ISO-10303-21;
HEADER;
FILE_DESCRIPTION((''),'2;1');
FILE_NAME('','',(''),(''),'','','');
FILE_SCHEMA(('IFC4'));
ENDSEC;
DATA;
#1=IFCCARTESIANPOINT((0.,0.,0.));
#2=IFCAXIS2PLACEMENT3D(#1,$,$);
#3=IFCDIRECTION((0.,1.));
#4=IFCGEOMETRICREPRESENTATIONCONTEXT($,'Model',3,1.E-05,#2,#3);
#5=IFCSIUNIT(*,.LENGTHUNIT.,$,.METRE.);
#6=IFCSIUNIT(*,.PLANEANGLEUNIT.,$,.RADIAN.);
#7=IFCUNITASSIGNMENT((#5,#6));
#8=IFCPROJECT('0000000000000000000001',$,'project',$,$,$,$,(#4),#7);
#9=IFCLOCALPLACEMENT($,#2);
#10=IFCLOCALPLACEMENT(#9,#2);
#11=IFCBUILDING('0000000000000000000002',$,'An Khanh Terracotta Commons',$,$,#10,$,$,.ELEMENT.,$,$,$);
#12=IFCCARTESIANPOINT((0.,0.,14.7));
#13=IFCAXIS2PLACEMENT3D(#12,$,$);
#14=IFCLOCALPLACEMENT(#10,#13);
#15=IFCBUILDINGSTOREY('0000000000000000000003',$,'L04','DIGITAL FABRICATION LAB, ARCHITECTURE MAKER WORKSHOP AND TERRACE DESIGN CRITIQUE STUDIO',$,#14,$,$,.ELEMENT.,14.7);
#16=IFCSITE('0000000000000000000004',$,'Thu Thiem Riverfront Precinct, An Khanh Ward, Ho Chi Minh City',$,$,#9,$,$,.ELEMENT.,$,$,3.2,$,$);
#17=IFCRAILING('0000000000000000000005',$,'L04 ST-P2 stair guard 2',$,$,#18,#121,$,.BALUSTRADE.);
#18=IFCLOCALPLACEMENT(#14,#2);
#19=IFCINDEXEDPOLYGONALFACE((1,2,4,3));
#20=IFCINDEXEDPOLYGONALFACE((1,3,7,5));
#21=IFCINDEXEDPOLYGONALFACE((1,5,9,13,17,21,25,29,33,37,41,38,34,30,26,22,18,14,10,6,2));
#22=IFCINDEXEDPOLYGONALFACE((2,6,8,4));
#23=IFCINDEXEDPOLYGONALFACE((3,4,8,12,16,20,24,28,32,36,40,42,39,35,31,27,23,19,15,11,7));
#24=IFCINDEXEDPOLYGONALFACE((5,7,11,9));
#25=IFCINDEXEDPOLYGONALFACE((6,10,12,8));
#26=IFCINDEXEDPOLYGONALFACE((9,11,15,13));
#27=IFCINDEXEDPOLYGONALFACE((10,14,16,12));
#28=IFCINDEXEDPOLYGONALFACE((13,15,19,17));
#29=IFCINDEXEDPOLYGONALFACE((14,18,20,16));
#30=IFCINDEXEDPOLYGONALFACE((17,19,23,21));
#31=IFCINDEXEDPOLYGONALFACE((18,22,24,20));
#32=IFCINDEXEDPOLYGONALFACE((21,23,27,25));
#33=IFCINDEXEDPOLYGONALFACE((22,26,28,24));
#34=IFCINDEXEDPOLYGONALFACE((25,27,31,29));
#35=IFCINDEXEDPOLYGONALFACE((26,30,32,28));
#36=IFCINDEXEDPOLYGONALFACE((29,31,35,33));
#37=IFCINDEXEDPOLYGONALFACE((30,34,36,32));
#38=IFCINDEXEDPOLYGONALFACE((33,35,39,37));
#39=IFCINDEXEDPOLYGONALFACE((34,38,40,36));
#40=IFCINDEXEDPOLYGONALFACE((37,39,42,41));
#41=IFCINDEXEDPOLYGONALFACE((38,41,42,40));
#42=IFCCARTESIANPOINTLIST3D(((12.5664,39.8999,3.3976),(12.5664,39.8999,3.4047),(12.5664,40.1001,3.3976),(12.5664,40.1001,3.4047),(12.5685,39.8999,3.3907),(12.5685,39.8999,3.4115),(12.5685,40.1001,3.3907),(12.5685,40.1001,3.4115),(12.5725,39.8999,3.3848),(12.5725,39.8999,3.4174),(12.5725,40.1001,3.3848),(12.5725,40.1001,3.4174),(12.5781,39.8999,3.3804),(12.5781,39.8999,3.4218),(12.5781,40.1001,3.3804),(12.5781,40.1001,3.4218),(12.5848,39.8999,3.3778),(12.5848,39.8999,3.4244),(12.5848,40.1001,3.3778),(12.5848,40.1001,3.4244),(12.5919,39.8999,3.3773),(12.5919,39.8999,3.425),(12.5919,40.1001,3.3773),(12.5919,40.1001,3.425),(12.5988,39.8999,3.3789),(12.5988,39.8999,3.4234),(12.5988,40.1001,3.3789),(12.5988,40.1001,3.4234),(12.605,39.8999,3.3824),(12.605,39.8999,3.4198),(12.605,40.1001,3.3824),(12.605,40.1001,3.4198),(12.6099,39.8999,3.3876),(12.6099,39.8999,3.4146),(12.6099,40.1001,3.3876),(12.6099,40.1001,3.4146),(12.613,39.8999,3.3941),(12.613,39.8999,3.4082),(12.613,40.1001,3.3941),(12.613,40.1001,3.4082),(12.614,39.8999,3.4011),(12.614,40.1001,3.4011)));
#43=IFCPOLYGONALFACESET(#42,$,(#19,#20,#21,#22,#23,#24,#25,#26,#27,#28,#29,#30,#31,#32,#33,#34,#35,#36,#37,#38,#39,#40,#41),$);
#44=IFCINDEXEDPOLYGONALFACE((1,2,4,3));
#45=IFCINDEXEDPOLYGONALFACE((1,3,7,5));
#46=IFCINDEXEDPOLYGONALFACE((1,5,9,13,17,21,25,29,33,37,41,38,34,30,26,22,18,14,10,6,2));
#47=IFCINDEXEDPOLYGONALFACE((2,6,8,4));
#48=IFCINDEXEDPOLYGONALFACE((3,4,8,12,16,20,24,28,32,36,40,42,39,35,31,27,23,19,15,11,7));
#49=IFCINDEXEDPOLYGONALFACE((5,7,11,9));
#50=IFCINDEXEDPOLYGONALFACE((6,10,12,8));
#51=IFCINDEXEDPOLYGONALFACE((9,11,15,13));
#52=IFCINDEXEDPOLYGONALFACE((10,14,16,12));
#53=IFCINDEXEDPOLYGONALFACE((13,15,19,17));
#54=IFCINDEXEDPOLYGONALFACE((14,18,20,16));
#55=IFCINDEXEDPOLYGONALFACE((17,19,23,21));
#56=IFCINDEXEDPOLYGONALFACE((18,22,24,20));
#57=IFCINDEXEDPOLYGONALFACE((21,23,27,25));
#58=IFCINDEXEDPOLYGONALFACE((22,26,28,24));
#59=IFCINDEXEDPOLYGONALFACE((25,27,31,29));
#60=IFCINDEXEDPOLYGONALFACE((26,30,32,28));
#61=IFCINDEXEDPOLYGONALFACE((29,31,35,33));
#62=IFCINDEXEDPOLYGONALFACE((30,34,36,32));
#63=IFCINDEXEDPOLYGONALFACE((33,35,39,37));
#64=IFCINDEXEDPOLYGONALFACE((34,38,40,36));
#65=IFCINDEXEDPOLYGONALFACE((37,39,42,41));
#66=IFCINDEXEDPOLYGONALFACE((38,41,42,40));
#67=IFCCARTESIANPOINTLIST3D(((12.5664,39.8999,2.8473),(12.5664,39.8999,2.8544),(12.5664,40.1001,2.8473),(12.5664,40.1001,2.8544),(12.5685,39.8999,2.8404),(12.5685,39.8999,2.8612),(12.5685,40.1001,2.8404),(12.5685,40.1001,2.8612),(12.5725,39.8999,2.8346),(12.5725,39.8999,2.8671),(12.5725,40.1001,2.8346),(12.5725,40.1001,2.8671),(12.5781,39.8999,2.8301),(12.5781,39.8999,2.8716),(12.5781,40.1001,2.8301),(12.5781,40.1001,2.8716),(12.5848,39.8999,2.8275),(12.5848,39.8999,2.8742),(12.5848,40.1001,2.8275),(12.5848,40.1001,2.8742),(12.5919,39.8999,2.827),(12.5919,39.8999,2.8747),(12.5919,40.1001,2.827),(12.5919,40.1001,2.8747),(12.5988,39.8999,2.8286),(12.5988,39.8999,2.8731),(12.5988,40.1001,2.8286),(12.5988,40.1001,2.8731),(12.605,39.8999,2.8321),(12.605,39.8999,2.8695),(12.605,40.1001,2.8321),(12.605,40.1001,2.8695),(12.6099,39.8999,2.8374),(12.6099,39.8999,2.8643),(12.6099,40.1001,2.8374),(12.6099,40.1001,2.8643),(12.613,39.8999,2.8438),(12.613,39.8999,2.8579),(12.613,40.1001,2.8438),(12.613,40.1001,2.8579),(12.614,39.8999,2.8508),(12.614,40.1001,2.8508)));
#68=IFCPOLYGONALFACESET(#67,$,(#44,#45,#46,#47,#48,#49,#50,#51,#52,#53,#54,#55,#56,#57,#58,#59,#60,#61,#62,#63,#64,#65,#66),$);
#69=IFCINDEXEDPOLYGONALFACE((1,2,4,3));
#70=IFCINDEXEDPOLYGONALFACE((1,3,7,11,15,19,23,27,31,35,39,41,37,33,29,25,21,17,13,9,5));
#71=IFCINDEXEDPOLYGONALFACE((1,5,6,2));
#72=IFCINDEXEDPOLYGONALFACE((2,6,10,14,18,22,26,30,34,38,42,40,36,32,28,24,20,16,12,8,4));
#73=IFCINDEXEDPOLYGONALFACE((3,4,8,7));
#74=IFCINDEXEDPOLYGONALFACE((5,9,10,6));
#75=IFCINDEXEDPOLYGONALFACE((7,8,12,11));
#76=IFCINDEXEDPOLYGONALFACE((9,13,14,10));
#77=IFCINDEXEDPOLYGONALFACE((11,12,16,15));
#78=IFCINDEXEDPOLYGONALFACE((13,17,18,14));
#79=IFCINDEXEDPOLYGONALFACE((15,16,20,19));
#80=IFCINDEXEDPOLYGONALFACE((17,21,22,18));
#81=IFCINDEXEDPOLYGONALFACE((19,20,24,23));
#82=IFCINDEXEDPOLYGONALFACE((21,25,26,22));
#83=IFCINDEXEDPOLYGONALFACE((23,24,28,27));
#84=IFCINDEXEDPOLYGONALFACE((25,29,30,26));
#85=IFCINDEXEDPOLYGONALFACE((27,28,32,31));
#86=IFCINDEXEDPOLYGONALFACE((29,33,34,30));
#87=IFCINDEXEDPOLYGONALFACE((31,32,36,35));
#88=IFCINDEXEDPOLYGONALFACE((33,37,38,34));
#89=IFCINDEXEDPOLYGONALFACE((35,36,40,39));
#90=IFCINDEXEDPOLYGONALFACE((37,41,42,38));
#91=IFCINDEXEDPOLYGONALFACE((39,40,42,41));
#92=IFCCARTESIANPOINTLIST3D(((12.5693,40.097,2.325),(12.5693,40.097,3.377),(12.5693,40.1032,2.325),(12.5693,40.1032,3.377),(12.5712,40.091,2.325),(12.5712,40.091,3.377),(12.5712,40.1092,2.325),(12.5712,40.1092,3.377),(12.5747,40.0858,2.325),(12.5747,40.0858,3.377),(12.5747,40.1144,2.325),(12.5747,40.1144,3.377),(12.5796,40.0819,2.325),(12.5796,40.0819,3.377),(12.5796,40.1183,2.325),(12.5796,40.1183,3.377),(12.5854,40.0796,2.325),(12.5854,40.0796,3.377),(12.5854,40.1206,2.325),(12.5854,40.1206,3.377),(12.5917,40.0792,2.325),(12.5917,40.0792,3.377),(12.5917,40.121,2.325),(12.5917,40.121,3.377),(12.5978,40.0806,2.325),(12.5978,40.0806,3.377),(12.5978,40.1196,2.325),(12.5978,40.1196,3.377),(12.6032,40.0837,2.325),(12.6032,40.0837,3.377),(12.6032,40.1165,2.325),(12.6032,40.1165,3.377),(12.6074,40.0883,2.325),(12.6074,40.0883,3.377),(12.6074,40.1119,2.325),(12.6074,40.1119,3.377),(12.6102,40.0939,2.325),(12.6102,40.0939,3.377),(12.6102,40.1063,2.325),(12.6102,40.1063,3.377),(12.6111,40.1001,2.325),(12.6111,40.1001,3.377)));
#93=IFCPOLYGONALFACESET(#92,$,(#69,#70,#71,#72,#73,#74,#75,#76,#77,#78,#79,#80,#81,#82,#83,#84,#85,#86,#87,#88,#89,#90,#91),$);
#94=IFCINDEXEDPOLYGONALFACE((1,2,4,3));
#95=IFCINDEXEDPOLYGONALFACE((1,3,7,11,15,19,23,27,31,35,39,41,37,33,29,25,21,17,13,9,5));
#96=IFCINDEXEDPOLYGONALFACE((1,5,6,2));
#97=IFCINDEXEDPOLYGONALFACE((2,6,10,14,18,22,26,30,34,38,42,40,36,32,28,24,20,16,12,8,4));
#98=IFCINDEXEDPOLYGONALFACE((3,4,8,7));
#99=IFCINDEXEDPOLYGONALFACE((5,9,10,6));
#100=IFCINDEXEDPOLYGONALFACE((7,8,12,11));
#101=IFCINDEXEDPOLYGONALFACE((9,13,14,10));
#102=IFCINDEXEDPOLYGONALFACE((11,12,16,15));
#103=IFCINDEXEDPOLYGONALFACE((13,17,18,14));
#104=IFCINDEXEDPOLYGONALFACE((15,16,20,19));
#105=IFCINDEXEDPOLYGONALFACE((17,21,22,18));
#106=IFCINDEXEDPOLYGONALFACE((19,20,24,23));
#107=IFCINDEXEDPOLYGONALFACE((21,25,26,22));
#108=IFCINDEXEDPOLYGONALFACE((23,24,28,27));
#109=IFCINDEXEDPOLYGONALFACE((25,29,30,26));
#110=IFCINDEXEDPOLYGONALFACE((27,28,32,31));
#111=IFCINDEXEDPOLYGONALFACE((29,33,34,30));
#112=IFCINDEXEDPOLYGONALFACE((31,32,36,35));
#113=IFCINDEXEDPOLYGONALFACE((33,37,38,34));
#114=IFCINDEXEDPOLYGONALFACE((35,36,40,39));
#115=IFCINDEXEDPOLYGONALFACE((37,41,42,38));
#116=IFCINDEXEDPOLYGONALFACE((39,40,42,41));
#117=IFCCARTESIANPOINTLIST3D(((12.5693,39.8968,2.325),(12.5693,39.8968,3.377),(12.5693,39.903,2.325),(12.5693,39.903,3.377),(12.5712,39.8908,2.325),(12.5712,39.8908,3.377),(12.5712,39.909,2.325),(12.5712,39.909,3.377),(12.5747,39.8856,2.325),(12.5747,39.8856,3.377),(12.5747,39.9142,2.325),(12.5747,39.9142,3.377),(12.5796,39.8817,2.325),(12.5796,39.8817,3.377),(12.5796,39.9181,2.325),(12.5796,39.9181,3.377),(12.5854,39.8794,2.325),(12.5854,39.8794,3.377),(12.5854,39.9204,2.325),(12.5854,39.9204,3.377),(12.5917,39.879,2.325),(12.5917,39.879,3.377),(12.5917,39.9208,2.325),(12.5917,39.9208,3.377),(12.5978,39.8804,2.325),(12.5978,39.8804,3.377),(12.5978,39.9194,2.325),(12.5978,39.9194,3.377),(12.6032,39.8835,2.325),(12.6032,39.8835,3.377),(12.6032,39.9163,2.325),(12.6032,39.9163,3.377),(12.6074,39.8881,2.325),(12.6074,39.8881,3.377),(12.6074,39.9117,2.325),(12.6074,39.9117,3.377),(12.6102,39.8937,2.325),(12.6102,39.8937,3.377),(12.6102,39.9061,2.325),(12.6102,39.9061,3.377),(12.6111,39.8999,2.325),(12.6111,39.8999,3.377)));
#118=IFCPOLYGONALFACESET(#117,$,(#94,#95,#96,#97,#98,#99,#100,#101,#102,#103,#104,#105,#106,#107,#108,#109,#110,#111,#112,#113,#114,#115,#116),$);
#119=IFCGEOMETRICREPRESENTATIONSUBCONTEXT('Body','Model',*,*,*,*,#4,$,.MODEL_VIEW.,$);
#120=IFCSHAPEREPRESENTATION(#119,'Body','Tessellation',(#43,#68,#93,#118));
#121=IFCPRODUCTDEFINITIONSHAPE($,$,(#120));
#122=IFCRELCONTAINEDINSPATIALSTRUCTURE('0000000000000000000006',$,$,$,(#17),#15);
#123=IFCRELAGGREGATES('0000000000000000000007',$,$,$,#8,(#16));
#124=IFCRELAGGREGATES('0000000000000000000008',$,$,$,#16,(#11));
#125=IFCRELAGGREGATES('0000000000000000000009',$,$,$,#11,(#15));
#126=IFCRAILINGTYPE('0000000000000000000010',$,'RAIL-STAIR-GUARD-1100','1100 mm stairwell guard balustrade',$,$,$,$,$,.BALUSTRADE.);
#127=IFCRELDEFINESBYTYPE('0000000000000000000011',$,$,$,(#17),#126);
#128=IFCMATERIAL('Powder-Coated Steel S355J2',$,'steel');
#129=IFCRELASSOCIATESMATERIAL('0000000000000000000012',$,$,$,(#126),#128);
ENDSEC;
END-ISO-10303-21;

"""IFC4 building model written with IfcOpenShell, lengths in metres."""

from ifc_helpers import new_model, si_unit, direction, frame, origin, origin_2d, place, context, subcontext, project, spatial, circle, extrude, material, type_object, element, save


model = new_model("IFC4")

# Units and contexts
model_context = context("Model", 3, precision=1e-05, world=origin(), true_north=direction((0.0, 1.0)))
body_context = subcontext(model_context, "Body", "Model", "MODEL_VIEW")
ifc_project = project(units=[si_unit("LENGTHUNIT", "METRE"), si_unit("PLANEANGLEUNIT", "RADIAN")], contexts=[model_context])

# Site, building, storey
site_placement = place(None, origin())
site = spatial("IfcSite", under=ifc_project, at=site_placement, Name="Thu Thiem Riverfront Precinct, An Khanh Ward, Ho Chi Minh City", CompositionType="ELEMENT", RefElevation=3.2)
building_placement = place(site_placement, origin())
building = spatial("IfcBuilding", under=site, at=building_placement, Name="An Khanh Terracotta Commons", CompositionType="ELEMENT")
storey_placement = place(building_placement, frame((0.0, 0.0, 14.7)))
storey = spatial("IfcBuildingStorey", under=building, at=storey_placement, Name="L04", Description="DIGITAL FABRICATION LAB, ARCHITECTURE MAKER WORKSHOP AND TERRACE DESIGN CRITIQUE STUDIO", CompositionType="ELEMENT", Elevation=14.7)

# Railing
ifc_material_1 = material(Name="Powder-Coated Steel S355J2", Category="steel")
railing_type_1 = type_object("IfcRailingType", Name="RAIL-STAIR-GUARD-1100", Description="1100 mm stairwell guard balustrade", PredefinedType="BALUSTRADE", material=ifc_material_1)
railing_1_placement = place(storey_placement, frame((12.5901, 40.1001, 2.325)))
element("IfcRailing", 1, at=railing_1_placement, inside=storey, type_object=railing_type_1, Name="L04 ST-P2 stair guard 2", PredefinedType="BALUSTRADE", context=body_context, shape_type="SweptSolid", body=[
    extrude(circle(Radius=0.0239, at=origin_2d()), frame((0.0, 0.0, 1.0762), z_axis=(0.0, -1.0, 0.0), x_axis=(1.0, 0.0, 0.0)), (0.0, 0.0, 1.0), 0.2002),
    extrude(circle(Radius=0.0239, at=origin_2d()), frame((0.0, 0.0, 0.5259), z_axis=(0.0, -1.0, 0.0), x_axis=(1.0, 0.0, 0.0)), (0.0, 0.0, 1.0), 0.2002),
    extrude(circle(Radius=0.021, at=origin_2d()), origin(), (0.0, 0.0, 1.0), 1.052),
    extrude(circle(Radius=0.021, at=origin_2d()), frame((0.0, -0.2002, 0.0)), (0.0, 0.0, 1.0), 1.052),
])

save(model, "model.ifc")
